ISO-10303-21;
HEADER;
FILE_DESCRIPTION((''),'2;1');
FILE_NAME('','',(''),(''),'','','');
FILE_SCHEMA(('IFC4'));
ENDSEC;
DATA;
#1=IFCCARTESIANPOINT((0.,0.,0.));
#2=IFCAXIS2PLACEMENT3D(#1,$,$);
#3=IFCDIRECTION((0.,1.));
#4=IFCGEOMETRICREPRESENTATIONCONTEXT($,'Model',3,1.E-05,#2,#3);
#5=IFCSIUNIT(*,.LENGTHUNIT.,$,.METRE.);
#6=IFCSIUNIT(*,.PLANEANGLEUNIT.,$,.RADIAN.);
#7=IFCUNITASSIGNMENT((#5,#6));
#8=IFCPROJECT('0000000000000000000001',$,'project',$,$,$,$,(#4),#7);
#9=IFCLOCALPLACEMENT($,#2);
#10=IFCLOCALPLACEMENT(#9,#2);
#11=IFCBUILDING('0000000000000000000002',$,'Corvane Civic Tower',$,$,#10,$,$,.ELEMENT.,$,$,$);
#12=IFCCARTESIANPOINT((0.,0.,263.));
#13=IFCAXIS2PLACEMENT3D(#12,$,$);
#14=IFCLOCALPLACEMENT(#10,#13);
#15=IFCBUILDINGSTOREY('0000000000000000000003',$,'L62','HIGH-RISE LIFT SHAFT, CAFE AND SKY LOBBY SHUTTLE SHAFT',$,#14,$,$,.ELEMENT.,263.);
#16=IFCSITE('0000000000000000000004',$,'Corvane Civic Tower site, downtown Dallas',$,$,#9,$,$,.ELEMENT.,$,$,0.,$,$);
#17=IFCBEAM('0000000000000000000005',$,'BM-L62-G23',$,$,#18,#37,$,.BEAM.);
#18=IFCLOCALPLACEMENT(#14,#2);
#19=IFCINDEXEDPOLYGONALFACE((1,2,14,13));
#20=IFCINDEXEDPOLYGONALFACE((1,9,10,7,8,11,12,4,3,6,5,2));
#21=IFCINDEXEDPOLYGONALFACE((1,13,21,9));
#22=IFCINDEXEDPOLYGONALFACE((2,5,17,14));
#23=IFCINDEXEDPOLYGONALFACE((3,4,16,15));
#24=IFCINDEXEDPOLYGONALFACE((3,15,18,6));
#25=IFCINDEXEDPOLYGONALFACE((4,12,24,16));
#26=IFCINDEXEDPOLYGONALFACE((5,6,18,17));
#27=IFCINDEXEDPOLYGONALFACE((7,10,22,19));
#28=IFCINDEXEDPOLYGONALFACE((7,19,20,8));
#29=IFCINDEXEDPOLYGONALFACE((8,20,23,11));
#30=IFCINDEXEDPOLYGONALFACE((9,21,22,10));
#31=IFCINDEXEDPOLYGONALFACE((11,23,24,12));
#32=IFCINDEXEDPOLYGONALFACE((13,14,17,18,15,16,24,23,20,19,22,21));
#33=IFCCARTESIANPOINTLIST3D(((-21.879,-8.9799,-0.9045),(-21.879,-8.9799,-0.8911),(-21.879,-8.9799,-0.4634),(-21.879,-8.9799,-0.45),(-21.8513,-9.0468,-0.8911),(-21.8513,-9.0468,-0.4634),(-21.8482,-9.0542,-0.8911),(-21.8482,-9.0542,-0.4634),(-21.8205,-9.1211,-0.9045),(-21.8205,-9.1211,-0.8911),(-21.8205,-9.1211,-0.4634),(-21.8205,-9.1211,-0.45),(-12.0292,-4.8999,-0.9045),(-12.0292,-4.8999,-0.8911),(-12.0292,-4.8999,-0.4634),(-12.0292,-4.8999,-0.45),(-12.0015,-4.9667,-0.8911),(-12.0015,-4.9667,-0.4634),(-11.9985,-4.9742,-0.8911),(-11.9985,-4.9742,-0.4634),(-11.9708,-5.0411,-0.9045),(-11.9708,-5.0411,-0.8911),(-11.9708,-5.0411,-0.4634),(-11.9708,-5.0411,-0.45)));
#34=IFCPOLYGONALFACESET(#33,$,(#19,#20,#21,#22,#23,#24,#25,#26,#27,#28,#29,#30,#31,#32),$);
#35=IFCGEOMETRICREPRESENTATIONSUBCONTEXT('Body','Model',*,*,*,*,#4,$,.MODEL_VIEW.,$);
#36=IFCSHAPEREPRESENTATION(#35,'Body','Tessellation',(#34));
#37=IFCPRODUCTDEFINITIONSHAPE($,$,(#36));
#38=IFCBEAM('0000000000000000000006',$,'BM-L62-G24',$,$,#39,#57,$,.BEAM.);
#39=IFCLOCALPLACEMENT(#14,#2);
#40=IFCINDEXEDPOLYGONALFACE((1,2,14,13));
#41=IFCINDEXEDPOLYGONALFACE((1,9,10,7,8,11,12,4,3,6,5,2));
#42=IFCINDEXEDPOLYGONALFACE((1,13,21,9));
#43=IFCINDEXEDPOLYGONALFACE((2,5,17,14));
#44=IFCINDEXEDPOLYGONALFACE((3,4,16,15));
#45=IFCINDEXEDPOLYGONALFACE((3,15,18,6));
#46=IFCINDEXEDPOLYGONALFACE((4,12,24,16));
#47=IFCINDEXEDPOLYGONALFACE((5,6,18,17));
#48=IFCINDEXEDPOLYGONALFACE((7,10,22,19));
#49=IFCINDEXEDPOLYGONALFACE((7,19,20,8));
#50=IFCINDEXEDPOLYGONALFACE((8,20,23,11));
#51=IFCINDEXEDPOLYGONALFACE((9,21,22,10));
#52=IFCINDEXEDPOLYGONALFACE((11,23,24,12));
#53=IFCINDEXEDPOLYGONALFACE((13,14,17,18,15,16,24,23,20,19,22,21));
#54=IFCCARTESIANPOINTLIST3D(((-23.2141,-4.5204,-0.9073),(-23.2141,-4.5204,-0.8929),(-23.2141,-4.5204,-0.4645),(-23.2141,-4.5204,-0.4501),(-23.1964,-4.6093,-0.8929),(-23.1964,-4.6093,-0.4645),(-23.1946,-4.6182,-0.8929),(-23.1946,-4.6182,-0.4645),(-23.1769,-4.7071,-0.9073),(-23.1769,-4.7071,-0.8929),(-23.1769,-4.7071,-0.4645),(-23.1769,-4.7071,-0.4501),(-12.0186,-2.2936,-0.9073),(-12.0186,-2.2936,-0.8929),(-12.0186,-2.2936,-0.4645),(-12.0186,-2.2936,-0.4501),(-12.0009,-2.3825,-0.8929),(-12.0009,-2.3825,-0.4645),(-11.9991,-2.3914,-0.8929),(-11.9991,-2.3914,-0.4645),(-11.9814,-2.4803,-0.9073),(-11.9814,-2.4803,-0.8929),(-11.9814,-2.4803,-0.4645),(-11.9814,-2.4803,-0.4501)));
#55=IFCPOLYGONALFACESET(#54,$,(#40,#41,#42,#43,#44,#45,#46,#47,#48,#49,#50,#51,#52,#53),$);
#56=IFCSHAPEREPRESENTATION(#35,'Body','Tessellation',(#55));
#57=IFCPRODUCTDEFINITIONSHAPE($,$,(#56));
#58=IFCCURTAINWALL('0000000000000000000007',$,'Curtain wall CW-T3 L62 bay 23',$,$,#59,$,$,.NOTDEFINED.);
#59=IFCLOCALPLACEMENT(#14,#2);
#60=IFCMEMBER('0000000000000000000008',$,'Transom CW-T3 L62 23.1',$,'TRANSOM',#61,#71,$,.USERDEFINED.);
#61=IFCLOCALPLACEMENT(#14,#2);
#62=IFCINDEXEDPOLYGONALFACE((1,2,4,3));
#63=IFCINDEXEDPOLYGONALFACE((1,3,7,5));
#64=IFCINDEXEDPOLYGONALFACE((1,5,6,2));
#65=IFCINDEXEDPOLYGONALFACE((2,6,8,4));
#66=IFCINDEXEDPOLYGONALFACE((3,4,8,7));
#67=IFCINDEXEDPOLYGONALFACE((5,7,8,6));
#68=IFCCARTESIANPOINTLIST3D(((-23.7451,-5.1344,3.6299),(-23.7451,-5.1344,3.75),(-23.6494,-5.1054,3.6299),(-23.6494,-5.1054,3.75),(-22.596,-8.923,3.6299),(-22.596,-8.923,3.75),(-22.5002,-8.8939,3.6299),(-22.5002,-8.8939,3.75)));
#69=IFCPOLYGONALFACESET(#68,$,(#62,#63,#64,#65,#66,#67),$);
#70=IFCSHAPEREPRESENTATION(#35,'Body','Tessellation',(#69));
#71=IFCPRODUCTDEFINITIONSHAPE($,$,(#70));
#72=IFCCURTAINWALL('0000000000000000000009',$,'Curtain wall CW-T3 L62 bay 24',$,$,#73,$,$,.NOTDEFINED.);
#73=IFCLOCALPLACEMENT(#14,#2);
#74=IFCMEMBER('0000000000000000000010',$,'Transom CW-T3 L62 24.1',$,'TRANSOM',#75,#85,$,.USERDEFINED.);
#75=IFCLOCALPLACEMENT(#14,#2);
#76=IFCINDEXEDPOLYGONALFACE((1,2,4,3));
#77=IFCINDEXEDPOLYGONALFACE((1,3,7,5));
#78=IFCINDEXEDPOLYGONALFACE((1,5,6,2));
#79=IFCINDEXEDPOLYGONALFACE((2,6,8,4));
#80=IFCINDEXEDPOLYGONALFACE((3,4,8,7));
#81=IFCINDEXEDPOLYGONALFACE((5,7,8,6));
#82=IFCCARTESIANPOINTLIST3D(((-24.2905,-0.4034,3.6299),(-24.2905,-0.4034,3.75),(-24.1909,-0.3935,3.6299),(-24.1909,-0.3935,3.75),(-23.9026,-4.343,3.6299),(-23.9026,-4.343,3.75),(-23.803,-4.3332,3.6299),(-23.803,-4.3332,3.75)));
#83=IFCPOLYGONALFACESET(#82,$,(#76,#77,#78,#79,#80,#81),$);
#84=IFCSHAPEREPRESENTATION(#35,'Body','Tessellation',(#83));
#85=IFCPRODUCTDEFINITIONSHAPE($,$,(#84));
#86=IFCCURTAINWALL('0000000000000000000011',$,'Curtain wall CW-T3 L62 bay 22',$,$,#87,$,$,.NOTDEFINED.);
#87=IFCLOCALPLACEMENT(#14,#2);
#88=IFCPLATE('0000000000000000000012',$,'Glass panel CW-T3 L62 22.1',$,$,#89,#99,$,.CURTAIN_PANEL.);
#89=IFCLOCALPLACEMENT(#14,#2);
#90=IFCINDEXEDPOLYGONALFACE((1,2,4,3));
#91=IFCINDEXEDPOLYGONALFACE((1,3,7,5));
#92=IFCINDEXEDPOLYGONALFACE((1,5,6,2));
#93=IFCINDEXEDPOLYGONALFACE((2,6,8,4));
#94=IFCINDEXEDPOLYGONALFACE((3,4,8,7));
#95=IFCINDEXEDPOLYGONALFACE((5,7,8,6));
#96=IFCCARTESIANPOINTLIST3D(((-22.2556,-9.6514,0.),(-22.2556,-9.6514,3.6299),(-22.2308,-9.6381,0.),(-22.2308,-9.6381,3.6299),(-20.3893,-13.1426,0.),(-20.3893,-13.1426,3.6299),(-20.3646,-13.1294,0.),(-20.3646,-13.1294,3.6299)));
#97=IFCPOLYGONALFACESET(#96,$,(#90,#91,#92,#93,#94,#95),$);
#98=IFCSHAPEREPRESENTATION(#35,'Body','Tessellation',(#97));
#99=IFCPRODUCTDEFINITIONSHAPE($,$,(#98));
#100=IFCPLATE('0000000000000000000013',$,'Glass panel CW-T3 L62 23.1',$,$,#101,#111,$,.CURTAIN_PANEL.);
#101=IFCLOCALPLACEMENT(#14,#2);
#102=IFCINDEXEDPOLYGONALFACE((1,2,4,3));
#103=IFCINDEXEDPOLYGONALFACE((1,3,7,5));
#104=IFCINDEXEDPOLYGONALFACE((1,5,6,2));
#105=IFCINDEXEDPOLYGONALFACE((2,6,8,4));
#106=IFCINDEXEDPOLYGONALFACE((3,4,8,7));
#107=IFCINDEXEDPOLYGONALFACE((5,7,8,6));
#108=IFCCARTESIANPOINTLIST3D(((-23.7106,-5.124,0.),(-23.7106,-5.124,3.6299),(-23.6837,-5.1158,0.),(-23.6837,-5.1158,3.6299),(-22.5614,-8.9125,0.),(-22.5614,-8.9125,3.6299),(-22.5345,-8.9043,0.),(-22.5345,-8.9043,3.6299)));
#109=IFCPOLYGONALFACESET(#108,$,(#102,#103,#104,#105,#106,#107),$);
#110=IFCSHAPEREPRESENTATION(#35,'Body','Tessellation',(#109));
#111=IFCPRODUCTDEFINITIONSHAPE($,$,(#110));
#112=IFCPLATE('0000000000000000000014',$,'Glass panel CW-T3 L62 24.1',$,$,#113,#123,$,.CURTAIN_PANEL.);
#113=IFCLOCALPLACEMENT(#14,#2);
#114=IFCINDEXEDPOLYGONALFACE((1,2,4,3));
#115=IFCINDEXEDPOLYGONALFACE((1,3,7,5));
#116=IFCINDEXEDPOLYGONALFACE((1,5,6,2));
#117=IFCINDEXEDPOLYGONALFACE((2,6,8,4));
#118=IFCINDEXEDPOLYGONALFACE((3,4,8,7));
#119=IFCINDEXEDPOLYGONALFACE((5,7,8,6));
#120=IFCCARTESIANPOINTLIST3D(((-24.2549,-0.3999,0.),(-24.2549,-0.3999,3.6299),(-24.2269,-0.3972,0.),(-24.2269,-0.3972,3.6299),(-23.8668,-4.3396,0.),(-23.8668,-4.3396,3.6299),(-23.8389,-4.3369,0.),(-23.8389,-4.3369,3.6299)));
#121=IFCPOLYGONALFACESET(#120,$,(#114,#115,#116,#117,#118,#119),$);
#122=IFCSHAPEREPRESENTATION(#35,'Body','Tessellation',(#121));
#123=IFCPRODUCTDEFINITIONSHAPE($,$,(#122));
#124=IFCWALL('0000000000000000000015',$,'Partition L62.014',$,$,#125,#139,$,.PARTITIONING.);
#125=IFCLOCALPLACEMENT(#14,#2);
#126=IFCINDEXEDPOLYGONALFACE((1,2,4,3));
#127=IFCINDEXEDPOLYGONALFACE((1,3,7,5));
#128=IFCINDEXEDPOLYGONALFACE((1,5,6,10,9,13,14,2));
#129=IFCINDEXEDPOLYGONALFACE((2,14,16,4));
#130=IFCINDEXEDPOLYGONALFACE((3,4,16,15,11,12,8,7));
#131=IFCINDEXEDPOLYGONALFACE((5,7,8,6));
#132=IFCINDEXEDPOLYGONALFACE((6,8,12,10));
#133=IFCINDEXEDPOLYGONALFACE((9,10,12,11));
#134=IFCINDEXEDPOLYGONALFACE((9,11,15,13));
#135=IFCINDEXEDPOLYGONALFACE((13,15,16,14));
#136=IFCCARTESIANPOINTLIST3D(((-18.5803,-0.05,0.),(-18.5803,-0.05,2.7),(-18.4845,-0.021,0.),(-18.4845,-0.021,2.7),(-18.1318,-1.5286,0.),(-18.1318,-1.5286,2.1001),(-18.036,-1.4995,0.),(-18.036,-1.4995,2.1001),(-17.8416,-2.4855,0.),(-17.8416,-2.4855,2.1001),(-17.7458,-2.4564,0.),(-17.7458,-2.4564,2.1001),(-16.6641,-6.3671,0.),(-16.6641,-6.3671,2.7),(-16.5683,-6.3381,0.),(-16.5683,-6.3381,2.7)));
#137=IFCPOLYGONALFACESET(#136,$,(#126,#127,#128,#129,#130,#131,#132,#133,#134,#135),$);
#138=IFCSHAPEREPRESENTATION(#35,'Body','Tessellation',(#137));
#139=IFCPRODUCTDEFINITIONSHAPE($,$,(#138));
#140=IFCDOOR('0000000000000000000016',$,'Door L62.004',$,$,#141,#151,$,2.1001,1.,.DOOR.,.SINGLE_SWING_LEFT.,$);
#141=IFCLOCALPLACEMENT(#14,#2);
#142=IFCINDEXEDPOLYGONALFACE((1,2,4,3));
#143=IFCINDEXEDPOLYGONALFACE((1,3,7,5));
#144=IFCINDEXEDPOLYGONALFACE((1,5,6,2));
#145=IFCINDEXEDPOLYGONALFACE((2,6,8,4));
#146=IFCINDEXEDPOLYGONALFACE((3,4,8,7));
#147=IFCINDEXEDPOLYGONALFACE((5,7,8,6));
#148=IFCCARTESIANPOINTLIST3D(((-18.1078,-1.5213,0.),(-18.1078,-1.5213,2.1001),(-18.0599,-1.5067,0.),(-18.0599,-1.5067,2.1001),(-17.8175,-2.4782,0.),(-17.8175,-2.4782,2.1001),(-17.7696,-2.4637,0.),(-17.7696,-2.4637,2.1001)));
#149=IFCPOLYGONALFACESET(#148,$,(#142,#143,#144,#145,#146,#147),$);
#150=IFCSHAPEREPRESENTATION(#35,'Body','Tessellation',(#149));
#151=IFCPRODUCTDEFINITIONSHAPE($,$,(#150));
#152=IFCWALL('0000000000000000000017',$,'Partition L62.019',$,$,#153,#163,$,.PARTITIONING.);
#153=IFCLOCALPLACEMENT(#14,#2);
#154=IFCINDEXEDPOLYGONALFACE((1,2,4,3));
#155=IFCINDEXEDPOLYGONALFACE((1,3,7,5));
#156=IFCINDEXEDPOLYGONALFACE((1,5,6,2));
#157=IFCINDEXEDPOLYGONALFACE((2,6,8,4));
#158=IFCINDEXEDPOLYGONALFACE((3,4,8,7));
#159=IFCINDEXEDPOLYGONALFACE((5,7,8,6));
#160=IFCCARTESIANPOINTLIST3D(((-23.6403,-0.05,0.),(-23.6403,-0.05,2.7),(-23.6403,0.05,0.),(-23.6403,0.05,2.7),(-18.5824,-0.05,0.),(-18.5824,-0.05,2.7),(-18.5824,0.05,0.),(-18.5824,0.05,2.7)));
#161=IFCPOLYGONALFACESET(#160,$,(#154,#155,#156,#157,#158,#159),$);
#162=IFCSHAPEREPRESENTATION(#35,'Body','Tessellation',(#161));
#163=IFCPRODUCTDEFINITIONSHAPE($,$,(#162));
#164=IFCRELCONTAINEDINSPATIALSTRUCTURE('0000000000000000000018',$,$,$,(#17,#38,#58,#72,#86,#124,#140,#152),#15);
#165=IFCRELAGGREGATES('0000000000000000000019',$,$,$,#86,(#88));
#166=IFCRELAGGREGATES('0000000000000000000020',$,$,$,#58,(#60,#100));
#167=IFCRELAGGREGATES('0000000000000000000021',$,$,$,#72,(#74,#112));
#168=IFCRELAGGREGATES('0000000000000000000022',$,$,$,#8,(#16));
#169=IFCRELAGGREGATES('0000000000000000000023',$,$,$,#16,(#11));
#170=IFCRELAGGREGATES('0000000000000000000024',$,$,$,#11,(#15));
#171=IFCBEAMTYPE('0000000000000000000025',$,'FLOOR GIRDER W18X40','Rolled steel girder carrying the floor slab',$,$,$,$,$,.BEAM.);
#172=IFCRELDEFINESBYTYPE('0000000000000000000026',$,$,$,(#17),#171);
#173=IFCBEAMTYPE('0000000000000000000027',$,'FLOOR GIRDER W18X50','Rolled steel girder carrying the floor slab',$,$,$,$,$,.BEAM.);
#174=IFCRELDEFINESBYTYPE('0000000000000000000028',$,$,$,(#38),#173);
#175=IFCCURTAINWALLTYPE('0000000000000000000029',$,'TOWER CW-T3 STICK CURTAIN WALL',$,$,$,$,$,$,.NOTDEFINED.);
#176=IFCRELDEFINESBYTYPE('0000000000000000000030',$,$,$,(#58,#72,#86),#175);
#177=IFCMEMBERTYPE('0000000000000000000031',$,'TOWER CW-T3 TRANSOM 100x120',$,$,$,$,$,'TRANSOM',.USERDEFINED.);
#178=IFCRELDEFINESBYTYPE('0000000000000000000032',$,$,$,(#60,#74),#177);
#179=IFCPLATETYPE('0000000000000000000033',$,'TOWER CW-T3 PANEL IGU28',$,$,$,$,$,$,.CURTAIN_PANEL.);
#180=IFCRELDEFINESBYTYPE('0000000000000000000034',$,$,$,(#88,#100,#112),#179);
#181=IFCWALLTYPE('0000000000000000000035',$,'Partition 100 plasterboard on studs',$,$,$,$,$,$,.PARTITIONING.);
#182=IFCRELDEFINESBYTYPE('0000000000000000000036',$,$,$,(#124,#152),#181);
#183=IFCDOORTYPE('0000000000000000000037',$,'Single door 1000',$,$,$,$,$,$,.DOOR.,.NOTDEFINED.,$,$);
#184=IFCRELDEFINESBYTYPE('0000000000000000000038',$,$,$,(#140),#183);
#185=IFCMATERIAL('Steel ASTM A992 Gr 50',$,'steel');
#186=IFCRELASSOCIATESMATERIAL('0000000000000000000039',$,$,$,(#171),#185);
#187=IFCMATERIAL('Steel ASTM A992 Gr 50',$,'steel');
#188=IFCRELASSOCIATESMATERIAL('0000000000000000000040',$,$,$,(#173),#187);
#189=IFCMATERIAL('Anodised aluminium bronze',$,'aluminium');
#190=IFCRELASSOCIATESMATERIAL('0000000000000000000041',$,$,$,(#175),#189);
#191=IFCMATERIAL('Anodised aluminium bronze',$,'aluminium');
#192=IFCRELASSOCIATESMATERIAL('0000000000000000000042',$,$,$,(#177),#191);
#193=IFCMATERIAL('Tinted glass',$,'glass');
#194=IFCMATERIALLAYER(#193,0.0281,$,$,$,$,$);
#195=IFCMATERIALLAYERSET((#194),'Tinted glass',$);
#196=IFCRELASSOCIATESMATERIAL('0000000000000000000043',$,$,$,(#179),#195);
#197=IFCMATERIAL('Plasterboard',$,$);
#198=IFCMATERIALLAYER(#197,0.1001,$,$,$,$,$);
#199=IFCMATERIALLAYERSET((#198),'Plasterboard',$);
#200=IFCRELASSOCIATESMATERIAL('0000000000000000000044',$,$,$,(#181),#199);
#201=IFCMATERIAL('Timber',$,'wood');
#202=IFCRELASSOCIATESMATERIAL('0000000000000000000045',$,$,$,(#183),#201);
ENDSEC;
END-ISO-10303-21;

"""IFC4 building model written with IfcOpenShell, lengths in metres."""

from ifc_helpers import new_model, si_unit, direction, frame, frame_2d, origin, origin_2d, place, context, subcontext, project, spatial, rectangle, i_section, extrude, material, layer, layer_set, material_profile, profile_set, type_object, element, fill, aggregate, save


model = new_model("IFC4")

# Units and contexts
model_context = context("Model", 3, precision=1e-05, world=origin(), true_north=direction((0.0, 1.0)))
body_context = subcontext(model_context, "Body", "Model", "MODEL_VIEW")
ifc_project = project(units=[si_unit("LENGTHUNIT", "METRE"), si_unit("PLANEANGLEUNIT", "RADIAN")], contexts=[model_context])

# Site, building, storey
site_placement = place(None, origin())
site = spatial("IfcSite", under=ifc_project, at=site_placement, Name="Corvane Civic Tower site, downtown Dallas", CompositionType="ELEMENT", RefElevation=0.0)
building_placement = place(site_placement, origin())
building = spatial("IfcBuilding", under=site, at=building_placement, Name="Corvane Civic Tower", CompositionType="ELEMENT")
storey_placement = place(building_placement, frame((0.0, 0.0, 263.0)))
storey = spatial("IfcBuildingStorey", under=building, at=storey_placement, Name="L62", Description="HIGH-RISE LIFT SHAFT, CAFE AND SKY LOBBY SHUTTLE SHAFT", CompositionType="ELEMENT", Elevation=263.0)

# Beams
ifc_material_1 = material(Name="Steel ASTM A992 Gr 50", Category="steel")
ifc_material_profile_1 = material_profile(ifc_material_1, i_section(OverallWidth=0.1528, OverallDepth=0.4546, WebThickness=0.0081, FlangeThickness=0.0134, at=origin_2d()), Name="W18X40")
ifc_profile_set_1 = profile_set([ifc_material_profile_1], Name="Steel ASTM A992 Gr 50")
beam_type_1 = type_object("IfcBeamType", Name="FLOOR GIRDER W18X40", Description="Rolled steel girder carrying the floor slab", PredefinedType="BEAM", material=ifc_profile_set_1)
beam_1_placement = place(storey_placement, frame((-12.0, -4.9705, -0.6772), z_axis=(-0.923875, -0.382694, 0.0), x_axis=(0.382694, -0.923875, 0.0)))
element("IfcBeam", 1, at=beam_1_placement, inside=storey, type_object=beam_type_1, Name="BM-L62-G23", PredefinedType="BEAM", context=body_context, shape_type="SweptSolid", body=[
    extrude(i_section(OverallWidth=0.1528, OverallDepth=0.4546, WebThickness=0.0081, FlangeThickness=0.0134, at=origin_2d()), origin(), (0.0, 0.0, 1.0), 10.6614),
])
ifc_material_2 = material(Name="Steel ASTM A992 Gr 50", Category="steel")
ifc_material_profile_2 = material_profile(ifc_material_2, i_section(OverallWidth=0.1904, OverallDepth=0.4573, WebThickness=0.009, FlangeThickness=0.0144, at=origin_2d()), Name="W18X50")
ifc_profile_set_2 = profile_set([ifc_material_profile_2], Name="Steel ASTM A992 Gr 50")
beam_type_2 = type_object("IfcBeamType", Name="FLOOR GIRDER W18X50", Description="Rolled steel girder carrying the floor slab", PredefinedType="BEAM", material=ifc_profile_set_2)
beam_2_placement = place(storey_placement, frame((-12.0, -2.387, -0.6787), z_axis=(-0.980787, -0.19508, 0.0), x_axis=(0.19508, -0.980787, 0.0)))
element("IfcBeam", 2, at=beam_2_placement, inside=storey, type_object=beam_type_2, Name="BM-L62-G24", PredefinedType="BEAM", context=body_context, shape_type="SweptSolid", body=[
    extrude(i_section(OverallWidth=0.1904, OverallDepth=0.4573, WebThickness=0.009, FlangeThickness=0.0144, at=origin_2d()), origin(), (0.0, 0.0, 1.0), 11.4148),
])

# Curtain walls, members
ifc_material_3 = material(Name="Anodised aluminium bronze", Category="aluminium")
curtain_wall_type = type_object("IfcCurtainWallType", Name="TOWER CW-T3 STICK CURTAIN WALL", PredefinedType="NOTDEFINED", material=ifc_material_3)
curtain_wall_1_placement = place(storey_placement, origin())
curtain_wall_1 = element("IfcCurtainWall", 3, at=curtain_wall_1_placement, inside=storey, type_object=curtain_wall_type, Name="Curtain wall CW-T3 L62 bay 23", PredefinedType="NOTDEFINED")
ifc_material_4 = material(Name="Anodised aluminium bronze", Category="aluminium")
ifc_material_profile_3 = material_profile(ifc_material_4, rectangle(XDim=0.1001, YDim=0.1201, at=origin_2d()), Name="TOWER CW-T3 TRANSOM 100x120")
ifc_profile_set_3 = profile_set([ifc_material_profile_3], Name="Anodised aluminium bronze")
member_type = type_object("IfcMemberType", Name="TOWER CW-T3 TRANSOM 100x120", ElementType="TRANSOM", PredefinedType="USERDEFINED", material=ifc_profile_set_3)
member_1_placement = place(storey_placement, frame((-22.5481, -8.9084, 3.6899), z_axis=(-0.290266, 0.956946, 0.0), x_axis=(-0.956946, -0.290266, 0.0)))
member_1 = element("IfcMember", 4, at=member_1_placement, type_object=member_type, Name="Transom CW-T3 L62 23.1", ObjectType="TRANSOM", PredefinedType="USERDEFINED", context=body_context, shape_type="SweptSolid", body=[
    extrude(rectangle(XDim=0.1001, YDim=0.1201, at=origin_2d()), origin(), (0.0, 0.0, 1.0), 3.959),
])
curtain_wall_2_placement = place(storey_placement, origin())
curtain_wall_2 = element("IfcCurtainWall", 5, at=curtain_wall_2_placement, inside=storey, type_object=curtain_wall_type, Name="Curtain wall CW-T3 L62 bay 24", PredefinedType="NOTDEFINED")
member_2_placement = place(storey_placement, frame((-23.8528, -4.3381, 3.6899), z_axis=(-0.097995, 0.995187, 0.0), x_axis=(-0.995187, -0.097995, 0.0)))
member_2 = element("IfcMember", 6, at=member_2_placement, type_object=member_type, Name="Transom CW-T3 L62 24.1", ObjectType="TRANSOM", PredefinedType="USERDEFINED", context=body_context, shape_type="SweptSolid", body=[
    extrude(rectangle(XDim=0.1001, YDim=0.1201, at=origin_2d()), origin(), (0.0, 0.0, 1.0), 3.9587),
])

# Curtain wall, plate
curtain_wall_3_placement = place(storey_placement, origin())
curtain_wall_3 = element("IfcCurtainWall", 7, at=curtain_wall_3_placement, inside=storey, type_object=curtain_wall_type, Name="Curtain wall CW-T3 L62 bay 22", PredefinedType="NOTDEFINED")
ifc_material_5 = material(Name="Tinted glass", Category="glass")
ifc_layer_1 = layer(ifc_material_5, 0.0281)
ifc_layer_set_1 = layer_set([ifc_layer_1], Name="Tinted glass")
plate_type = type_object("IfcPlateType", Name="TOWER CW-T3 PANEL IGU28", PredefinedType="CURTAIN_PANEL", material=ifc_layer_set_1)
plate_1_placement = place(storey_placement, frame((-21.3101, -11.3904, 0.0), z_axis=(0.0, 0.0, 1.0), x_axis=(-0.471421, 0.881908, 0.0)))
plate_1 = element("IfcPlate", 8, at=plate_1_placement, type_object=plate_type, Name="Glass panel CW-T3 L62 22.1", PredefinedType="CURTAIN_PANEL", context=body_context, shape_type="SweptSolid", body=[
    extrude(rectangle(XDim=3.9587, YDim=0.0281, at=origin_2d()), origin(), (0.0, 0.0, 1.0), 3.6299),
])
aggregate(curtain_wall_3, [plate_1])

# Plates
plate_2_placement = place(storey_placement, frame((-23.1226, -7.0142, 0.0), z_axis=(0.0, 0.0, 1.0), x_axis=(-0.290274, 0.956944, 0.0)))
plate_2 = element("IfcPlate", 9, at=plate_2_placement, type_object=plate_type, Name="Glass panel CW-T3 L62 23.1", PredefinedType="CURTAIN_PANEL", context=body_context, shape_type="SweptSolid", body=[
    extrude(rectangle(XDim=3.959, YDim=0.0281, at=origin_2d()), origin(), (0.0, 0.0, 1.0), 3.6299),
])
aggregate(curtain_wall_1, [member_1, plate_2])
plate_3_placement = place(storey_placement, frame((-24.0469, -2.3684, 0.0), z_axis=(0.0, 0.0, 1.0), x_axis=(-0.098021, 0.995184, 0.0)))
plate_3 = element("IfcPlate", 10, at=plate_3_placement, type_object=plate_type, Name="Glass panel CW-T3 L62 24.1", PredefinedType="CURTAIN_PANEL", context=body_context, shape_type="SweptSolid", body=[
    extrude(rectangle(XDim=3.9587, YDim=0.0281, at=origin_2d()), origin(), (0.0, 0.0, 1.0), 3.6299),
])
aggregate(curtain_wall_2, [member_2, plate_3])

# Wall, opening, door
ifc_material_6 = material(Name="Plasterboard")
ifc_layer_2 = layer(ifc_material_6, 0.1001)
ifc_layer_set_2 = layer_set([ifc_layer_2], Name="Plasterboard")
wall_type_1 = type_object("IfcWallType", Name="Partition 100 plasterboard on studs", PredefinedType="PARTITIONING", material=ifc_layer_set_2)
wall_1_placement = place(storey_placement, frame((-18.5325, -0.0354, 0.0), z_axis=(0.0, 0.0, 1.0), x_axis=(0.290281, -0.956941, 0.0)))
wall_1 = element("IfcWall", 11, at=wall_1_placement, inside=storey, type_object=wall_type_1, Name="Partition L62.014", PredefinedType="PARTITIONING", context=body_context, shape_type="SweptSolid", body=[
    extrude(rectangle(XDim=6.6013, YDim=0.1001, at=frame_2d((3.3008, 0.0))), origin(), (0.0, 0.0, 1.0), 2.7),
])
opening_1_placement = place(wall_1_placement, frame((1.5452, 0.0, 0.0)))
opening_1 = element("IfcOpeningElement", 12, at=opening_1_placement, cuts=wall_1, PredefinedType="OPENING", context=body_context, shape_type="SweptSolid", body=[
    extrude(rectangle(XDim=1.0, YDim=2.1001, at=frame_2d((0.5, 1.05))), frame((0.0, 0.0601, 0.0), z_axis=(0.0, -1.0, 0.0), x_axis=(1.0, 0.0, 0.0)), (0.0, 0.0, 1.0), 0.1201),
])
ifc_material_7 = material(Name="Timber", Category="wood")
door_type_1 = type_object("IfcDoorType", Name="Single door 1000", OperationType="NOTDEFINED", PredefinedType="DOOR", material=ifc_material_7)
door_1_placement = place(opening_1_placement, frame((1.0, 0.0, 0.0), z_axis=(0.0, 0.0, 1.0), x_axis=(-1.0, 0.0, 0.0)))
door_1 = element("IfcDoor", 13, at=door_1_placement, inside=storey, type_object=door_type_1, Name="Door L62.004", OperationType="SINGLE_SWING_LEFT", OverallHeight=2.1001, OverallWidth=1.0, PredefinedType="DOOR", context=body_context, shape_type="SweptSolid", body=[
    extrude(rectangle(XDim=1.0, YDim=2.1001, at=frame_2d((0.5, 1.05))), frame((0.0, 0.0249, 0.0), z_axis=(0.0, -1.0, 0.0), x_axis=(1.0, 0.0, 0.0)), (0.0, 0.0, 1.0), 0.05),
])
fill(opening_1, door_1)

# Wall
wall_2_placement = place(storey_placement, frame((-23.6401, 0.0, 0.0), z_axis=(0.0, 0.0, 1.0), x_axis=(1.0, 0.0, 0.0)))
element("IfcWall", 14, at=wall_2_placement, inside=storey, type_object=wall_type_1, Name="Partition L62.019", PredefinedType="PARTITIONING", context=body_context, shape_type="SweptSolid", body=[
    extrude(rectangle(XDim=5.0579, YDim=0.1001, at=frame_2d((2.5288, 0.0))), origin(), (0.0, 0.0, 1.0), 2.7),
])

save(model, "model.ifc")
